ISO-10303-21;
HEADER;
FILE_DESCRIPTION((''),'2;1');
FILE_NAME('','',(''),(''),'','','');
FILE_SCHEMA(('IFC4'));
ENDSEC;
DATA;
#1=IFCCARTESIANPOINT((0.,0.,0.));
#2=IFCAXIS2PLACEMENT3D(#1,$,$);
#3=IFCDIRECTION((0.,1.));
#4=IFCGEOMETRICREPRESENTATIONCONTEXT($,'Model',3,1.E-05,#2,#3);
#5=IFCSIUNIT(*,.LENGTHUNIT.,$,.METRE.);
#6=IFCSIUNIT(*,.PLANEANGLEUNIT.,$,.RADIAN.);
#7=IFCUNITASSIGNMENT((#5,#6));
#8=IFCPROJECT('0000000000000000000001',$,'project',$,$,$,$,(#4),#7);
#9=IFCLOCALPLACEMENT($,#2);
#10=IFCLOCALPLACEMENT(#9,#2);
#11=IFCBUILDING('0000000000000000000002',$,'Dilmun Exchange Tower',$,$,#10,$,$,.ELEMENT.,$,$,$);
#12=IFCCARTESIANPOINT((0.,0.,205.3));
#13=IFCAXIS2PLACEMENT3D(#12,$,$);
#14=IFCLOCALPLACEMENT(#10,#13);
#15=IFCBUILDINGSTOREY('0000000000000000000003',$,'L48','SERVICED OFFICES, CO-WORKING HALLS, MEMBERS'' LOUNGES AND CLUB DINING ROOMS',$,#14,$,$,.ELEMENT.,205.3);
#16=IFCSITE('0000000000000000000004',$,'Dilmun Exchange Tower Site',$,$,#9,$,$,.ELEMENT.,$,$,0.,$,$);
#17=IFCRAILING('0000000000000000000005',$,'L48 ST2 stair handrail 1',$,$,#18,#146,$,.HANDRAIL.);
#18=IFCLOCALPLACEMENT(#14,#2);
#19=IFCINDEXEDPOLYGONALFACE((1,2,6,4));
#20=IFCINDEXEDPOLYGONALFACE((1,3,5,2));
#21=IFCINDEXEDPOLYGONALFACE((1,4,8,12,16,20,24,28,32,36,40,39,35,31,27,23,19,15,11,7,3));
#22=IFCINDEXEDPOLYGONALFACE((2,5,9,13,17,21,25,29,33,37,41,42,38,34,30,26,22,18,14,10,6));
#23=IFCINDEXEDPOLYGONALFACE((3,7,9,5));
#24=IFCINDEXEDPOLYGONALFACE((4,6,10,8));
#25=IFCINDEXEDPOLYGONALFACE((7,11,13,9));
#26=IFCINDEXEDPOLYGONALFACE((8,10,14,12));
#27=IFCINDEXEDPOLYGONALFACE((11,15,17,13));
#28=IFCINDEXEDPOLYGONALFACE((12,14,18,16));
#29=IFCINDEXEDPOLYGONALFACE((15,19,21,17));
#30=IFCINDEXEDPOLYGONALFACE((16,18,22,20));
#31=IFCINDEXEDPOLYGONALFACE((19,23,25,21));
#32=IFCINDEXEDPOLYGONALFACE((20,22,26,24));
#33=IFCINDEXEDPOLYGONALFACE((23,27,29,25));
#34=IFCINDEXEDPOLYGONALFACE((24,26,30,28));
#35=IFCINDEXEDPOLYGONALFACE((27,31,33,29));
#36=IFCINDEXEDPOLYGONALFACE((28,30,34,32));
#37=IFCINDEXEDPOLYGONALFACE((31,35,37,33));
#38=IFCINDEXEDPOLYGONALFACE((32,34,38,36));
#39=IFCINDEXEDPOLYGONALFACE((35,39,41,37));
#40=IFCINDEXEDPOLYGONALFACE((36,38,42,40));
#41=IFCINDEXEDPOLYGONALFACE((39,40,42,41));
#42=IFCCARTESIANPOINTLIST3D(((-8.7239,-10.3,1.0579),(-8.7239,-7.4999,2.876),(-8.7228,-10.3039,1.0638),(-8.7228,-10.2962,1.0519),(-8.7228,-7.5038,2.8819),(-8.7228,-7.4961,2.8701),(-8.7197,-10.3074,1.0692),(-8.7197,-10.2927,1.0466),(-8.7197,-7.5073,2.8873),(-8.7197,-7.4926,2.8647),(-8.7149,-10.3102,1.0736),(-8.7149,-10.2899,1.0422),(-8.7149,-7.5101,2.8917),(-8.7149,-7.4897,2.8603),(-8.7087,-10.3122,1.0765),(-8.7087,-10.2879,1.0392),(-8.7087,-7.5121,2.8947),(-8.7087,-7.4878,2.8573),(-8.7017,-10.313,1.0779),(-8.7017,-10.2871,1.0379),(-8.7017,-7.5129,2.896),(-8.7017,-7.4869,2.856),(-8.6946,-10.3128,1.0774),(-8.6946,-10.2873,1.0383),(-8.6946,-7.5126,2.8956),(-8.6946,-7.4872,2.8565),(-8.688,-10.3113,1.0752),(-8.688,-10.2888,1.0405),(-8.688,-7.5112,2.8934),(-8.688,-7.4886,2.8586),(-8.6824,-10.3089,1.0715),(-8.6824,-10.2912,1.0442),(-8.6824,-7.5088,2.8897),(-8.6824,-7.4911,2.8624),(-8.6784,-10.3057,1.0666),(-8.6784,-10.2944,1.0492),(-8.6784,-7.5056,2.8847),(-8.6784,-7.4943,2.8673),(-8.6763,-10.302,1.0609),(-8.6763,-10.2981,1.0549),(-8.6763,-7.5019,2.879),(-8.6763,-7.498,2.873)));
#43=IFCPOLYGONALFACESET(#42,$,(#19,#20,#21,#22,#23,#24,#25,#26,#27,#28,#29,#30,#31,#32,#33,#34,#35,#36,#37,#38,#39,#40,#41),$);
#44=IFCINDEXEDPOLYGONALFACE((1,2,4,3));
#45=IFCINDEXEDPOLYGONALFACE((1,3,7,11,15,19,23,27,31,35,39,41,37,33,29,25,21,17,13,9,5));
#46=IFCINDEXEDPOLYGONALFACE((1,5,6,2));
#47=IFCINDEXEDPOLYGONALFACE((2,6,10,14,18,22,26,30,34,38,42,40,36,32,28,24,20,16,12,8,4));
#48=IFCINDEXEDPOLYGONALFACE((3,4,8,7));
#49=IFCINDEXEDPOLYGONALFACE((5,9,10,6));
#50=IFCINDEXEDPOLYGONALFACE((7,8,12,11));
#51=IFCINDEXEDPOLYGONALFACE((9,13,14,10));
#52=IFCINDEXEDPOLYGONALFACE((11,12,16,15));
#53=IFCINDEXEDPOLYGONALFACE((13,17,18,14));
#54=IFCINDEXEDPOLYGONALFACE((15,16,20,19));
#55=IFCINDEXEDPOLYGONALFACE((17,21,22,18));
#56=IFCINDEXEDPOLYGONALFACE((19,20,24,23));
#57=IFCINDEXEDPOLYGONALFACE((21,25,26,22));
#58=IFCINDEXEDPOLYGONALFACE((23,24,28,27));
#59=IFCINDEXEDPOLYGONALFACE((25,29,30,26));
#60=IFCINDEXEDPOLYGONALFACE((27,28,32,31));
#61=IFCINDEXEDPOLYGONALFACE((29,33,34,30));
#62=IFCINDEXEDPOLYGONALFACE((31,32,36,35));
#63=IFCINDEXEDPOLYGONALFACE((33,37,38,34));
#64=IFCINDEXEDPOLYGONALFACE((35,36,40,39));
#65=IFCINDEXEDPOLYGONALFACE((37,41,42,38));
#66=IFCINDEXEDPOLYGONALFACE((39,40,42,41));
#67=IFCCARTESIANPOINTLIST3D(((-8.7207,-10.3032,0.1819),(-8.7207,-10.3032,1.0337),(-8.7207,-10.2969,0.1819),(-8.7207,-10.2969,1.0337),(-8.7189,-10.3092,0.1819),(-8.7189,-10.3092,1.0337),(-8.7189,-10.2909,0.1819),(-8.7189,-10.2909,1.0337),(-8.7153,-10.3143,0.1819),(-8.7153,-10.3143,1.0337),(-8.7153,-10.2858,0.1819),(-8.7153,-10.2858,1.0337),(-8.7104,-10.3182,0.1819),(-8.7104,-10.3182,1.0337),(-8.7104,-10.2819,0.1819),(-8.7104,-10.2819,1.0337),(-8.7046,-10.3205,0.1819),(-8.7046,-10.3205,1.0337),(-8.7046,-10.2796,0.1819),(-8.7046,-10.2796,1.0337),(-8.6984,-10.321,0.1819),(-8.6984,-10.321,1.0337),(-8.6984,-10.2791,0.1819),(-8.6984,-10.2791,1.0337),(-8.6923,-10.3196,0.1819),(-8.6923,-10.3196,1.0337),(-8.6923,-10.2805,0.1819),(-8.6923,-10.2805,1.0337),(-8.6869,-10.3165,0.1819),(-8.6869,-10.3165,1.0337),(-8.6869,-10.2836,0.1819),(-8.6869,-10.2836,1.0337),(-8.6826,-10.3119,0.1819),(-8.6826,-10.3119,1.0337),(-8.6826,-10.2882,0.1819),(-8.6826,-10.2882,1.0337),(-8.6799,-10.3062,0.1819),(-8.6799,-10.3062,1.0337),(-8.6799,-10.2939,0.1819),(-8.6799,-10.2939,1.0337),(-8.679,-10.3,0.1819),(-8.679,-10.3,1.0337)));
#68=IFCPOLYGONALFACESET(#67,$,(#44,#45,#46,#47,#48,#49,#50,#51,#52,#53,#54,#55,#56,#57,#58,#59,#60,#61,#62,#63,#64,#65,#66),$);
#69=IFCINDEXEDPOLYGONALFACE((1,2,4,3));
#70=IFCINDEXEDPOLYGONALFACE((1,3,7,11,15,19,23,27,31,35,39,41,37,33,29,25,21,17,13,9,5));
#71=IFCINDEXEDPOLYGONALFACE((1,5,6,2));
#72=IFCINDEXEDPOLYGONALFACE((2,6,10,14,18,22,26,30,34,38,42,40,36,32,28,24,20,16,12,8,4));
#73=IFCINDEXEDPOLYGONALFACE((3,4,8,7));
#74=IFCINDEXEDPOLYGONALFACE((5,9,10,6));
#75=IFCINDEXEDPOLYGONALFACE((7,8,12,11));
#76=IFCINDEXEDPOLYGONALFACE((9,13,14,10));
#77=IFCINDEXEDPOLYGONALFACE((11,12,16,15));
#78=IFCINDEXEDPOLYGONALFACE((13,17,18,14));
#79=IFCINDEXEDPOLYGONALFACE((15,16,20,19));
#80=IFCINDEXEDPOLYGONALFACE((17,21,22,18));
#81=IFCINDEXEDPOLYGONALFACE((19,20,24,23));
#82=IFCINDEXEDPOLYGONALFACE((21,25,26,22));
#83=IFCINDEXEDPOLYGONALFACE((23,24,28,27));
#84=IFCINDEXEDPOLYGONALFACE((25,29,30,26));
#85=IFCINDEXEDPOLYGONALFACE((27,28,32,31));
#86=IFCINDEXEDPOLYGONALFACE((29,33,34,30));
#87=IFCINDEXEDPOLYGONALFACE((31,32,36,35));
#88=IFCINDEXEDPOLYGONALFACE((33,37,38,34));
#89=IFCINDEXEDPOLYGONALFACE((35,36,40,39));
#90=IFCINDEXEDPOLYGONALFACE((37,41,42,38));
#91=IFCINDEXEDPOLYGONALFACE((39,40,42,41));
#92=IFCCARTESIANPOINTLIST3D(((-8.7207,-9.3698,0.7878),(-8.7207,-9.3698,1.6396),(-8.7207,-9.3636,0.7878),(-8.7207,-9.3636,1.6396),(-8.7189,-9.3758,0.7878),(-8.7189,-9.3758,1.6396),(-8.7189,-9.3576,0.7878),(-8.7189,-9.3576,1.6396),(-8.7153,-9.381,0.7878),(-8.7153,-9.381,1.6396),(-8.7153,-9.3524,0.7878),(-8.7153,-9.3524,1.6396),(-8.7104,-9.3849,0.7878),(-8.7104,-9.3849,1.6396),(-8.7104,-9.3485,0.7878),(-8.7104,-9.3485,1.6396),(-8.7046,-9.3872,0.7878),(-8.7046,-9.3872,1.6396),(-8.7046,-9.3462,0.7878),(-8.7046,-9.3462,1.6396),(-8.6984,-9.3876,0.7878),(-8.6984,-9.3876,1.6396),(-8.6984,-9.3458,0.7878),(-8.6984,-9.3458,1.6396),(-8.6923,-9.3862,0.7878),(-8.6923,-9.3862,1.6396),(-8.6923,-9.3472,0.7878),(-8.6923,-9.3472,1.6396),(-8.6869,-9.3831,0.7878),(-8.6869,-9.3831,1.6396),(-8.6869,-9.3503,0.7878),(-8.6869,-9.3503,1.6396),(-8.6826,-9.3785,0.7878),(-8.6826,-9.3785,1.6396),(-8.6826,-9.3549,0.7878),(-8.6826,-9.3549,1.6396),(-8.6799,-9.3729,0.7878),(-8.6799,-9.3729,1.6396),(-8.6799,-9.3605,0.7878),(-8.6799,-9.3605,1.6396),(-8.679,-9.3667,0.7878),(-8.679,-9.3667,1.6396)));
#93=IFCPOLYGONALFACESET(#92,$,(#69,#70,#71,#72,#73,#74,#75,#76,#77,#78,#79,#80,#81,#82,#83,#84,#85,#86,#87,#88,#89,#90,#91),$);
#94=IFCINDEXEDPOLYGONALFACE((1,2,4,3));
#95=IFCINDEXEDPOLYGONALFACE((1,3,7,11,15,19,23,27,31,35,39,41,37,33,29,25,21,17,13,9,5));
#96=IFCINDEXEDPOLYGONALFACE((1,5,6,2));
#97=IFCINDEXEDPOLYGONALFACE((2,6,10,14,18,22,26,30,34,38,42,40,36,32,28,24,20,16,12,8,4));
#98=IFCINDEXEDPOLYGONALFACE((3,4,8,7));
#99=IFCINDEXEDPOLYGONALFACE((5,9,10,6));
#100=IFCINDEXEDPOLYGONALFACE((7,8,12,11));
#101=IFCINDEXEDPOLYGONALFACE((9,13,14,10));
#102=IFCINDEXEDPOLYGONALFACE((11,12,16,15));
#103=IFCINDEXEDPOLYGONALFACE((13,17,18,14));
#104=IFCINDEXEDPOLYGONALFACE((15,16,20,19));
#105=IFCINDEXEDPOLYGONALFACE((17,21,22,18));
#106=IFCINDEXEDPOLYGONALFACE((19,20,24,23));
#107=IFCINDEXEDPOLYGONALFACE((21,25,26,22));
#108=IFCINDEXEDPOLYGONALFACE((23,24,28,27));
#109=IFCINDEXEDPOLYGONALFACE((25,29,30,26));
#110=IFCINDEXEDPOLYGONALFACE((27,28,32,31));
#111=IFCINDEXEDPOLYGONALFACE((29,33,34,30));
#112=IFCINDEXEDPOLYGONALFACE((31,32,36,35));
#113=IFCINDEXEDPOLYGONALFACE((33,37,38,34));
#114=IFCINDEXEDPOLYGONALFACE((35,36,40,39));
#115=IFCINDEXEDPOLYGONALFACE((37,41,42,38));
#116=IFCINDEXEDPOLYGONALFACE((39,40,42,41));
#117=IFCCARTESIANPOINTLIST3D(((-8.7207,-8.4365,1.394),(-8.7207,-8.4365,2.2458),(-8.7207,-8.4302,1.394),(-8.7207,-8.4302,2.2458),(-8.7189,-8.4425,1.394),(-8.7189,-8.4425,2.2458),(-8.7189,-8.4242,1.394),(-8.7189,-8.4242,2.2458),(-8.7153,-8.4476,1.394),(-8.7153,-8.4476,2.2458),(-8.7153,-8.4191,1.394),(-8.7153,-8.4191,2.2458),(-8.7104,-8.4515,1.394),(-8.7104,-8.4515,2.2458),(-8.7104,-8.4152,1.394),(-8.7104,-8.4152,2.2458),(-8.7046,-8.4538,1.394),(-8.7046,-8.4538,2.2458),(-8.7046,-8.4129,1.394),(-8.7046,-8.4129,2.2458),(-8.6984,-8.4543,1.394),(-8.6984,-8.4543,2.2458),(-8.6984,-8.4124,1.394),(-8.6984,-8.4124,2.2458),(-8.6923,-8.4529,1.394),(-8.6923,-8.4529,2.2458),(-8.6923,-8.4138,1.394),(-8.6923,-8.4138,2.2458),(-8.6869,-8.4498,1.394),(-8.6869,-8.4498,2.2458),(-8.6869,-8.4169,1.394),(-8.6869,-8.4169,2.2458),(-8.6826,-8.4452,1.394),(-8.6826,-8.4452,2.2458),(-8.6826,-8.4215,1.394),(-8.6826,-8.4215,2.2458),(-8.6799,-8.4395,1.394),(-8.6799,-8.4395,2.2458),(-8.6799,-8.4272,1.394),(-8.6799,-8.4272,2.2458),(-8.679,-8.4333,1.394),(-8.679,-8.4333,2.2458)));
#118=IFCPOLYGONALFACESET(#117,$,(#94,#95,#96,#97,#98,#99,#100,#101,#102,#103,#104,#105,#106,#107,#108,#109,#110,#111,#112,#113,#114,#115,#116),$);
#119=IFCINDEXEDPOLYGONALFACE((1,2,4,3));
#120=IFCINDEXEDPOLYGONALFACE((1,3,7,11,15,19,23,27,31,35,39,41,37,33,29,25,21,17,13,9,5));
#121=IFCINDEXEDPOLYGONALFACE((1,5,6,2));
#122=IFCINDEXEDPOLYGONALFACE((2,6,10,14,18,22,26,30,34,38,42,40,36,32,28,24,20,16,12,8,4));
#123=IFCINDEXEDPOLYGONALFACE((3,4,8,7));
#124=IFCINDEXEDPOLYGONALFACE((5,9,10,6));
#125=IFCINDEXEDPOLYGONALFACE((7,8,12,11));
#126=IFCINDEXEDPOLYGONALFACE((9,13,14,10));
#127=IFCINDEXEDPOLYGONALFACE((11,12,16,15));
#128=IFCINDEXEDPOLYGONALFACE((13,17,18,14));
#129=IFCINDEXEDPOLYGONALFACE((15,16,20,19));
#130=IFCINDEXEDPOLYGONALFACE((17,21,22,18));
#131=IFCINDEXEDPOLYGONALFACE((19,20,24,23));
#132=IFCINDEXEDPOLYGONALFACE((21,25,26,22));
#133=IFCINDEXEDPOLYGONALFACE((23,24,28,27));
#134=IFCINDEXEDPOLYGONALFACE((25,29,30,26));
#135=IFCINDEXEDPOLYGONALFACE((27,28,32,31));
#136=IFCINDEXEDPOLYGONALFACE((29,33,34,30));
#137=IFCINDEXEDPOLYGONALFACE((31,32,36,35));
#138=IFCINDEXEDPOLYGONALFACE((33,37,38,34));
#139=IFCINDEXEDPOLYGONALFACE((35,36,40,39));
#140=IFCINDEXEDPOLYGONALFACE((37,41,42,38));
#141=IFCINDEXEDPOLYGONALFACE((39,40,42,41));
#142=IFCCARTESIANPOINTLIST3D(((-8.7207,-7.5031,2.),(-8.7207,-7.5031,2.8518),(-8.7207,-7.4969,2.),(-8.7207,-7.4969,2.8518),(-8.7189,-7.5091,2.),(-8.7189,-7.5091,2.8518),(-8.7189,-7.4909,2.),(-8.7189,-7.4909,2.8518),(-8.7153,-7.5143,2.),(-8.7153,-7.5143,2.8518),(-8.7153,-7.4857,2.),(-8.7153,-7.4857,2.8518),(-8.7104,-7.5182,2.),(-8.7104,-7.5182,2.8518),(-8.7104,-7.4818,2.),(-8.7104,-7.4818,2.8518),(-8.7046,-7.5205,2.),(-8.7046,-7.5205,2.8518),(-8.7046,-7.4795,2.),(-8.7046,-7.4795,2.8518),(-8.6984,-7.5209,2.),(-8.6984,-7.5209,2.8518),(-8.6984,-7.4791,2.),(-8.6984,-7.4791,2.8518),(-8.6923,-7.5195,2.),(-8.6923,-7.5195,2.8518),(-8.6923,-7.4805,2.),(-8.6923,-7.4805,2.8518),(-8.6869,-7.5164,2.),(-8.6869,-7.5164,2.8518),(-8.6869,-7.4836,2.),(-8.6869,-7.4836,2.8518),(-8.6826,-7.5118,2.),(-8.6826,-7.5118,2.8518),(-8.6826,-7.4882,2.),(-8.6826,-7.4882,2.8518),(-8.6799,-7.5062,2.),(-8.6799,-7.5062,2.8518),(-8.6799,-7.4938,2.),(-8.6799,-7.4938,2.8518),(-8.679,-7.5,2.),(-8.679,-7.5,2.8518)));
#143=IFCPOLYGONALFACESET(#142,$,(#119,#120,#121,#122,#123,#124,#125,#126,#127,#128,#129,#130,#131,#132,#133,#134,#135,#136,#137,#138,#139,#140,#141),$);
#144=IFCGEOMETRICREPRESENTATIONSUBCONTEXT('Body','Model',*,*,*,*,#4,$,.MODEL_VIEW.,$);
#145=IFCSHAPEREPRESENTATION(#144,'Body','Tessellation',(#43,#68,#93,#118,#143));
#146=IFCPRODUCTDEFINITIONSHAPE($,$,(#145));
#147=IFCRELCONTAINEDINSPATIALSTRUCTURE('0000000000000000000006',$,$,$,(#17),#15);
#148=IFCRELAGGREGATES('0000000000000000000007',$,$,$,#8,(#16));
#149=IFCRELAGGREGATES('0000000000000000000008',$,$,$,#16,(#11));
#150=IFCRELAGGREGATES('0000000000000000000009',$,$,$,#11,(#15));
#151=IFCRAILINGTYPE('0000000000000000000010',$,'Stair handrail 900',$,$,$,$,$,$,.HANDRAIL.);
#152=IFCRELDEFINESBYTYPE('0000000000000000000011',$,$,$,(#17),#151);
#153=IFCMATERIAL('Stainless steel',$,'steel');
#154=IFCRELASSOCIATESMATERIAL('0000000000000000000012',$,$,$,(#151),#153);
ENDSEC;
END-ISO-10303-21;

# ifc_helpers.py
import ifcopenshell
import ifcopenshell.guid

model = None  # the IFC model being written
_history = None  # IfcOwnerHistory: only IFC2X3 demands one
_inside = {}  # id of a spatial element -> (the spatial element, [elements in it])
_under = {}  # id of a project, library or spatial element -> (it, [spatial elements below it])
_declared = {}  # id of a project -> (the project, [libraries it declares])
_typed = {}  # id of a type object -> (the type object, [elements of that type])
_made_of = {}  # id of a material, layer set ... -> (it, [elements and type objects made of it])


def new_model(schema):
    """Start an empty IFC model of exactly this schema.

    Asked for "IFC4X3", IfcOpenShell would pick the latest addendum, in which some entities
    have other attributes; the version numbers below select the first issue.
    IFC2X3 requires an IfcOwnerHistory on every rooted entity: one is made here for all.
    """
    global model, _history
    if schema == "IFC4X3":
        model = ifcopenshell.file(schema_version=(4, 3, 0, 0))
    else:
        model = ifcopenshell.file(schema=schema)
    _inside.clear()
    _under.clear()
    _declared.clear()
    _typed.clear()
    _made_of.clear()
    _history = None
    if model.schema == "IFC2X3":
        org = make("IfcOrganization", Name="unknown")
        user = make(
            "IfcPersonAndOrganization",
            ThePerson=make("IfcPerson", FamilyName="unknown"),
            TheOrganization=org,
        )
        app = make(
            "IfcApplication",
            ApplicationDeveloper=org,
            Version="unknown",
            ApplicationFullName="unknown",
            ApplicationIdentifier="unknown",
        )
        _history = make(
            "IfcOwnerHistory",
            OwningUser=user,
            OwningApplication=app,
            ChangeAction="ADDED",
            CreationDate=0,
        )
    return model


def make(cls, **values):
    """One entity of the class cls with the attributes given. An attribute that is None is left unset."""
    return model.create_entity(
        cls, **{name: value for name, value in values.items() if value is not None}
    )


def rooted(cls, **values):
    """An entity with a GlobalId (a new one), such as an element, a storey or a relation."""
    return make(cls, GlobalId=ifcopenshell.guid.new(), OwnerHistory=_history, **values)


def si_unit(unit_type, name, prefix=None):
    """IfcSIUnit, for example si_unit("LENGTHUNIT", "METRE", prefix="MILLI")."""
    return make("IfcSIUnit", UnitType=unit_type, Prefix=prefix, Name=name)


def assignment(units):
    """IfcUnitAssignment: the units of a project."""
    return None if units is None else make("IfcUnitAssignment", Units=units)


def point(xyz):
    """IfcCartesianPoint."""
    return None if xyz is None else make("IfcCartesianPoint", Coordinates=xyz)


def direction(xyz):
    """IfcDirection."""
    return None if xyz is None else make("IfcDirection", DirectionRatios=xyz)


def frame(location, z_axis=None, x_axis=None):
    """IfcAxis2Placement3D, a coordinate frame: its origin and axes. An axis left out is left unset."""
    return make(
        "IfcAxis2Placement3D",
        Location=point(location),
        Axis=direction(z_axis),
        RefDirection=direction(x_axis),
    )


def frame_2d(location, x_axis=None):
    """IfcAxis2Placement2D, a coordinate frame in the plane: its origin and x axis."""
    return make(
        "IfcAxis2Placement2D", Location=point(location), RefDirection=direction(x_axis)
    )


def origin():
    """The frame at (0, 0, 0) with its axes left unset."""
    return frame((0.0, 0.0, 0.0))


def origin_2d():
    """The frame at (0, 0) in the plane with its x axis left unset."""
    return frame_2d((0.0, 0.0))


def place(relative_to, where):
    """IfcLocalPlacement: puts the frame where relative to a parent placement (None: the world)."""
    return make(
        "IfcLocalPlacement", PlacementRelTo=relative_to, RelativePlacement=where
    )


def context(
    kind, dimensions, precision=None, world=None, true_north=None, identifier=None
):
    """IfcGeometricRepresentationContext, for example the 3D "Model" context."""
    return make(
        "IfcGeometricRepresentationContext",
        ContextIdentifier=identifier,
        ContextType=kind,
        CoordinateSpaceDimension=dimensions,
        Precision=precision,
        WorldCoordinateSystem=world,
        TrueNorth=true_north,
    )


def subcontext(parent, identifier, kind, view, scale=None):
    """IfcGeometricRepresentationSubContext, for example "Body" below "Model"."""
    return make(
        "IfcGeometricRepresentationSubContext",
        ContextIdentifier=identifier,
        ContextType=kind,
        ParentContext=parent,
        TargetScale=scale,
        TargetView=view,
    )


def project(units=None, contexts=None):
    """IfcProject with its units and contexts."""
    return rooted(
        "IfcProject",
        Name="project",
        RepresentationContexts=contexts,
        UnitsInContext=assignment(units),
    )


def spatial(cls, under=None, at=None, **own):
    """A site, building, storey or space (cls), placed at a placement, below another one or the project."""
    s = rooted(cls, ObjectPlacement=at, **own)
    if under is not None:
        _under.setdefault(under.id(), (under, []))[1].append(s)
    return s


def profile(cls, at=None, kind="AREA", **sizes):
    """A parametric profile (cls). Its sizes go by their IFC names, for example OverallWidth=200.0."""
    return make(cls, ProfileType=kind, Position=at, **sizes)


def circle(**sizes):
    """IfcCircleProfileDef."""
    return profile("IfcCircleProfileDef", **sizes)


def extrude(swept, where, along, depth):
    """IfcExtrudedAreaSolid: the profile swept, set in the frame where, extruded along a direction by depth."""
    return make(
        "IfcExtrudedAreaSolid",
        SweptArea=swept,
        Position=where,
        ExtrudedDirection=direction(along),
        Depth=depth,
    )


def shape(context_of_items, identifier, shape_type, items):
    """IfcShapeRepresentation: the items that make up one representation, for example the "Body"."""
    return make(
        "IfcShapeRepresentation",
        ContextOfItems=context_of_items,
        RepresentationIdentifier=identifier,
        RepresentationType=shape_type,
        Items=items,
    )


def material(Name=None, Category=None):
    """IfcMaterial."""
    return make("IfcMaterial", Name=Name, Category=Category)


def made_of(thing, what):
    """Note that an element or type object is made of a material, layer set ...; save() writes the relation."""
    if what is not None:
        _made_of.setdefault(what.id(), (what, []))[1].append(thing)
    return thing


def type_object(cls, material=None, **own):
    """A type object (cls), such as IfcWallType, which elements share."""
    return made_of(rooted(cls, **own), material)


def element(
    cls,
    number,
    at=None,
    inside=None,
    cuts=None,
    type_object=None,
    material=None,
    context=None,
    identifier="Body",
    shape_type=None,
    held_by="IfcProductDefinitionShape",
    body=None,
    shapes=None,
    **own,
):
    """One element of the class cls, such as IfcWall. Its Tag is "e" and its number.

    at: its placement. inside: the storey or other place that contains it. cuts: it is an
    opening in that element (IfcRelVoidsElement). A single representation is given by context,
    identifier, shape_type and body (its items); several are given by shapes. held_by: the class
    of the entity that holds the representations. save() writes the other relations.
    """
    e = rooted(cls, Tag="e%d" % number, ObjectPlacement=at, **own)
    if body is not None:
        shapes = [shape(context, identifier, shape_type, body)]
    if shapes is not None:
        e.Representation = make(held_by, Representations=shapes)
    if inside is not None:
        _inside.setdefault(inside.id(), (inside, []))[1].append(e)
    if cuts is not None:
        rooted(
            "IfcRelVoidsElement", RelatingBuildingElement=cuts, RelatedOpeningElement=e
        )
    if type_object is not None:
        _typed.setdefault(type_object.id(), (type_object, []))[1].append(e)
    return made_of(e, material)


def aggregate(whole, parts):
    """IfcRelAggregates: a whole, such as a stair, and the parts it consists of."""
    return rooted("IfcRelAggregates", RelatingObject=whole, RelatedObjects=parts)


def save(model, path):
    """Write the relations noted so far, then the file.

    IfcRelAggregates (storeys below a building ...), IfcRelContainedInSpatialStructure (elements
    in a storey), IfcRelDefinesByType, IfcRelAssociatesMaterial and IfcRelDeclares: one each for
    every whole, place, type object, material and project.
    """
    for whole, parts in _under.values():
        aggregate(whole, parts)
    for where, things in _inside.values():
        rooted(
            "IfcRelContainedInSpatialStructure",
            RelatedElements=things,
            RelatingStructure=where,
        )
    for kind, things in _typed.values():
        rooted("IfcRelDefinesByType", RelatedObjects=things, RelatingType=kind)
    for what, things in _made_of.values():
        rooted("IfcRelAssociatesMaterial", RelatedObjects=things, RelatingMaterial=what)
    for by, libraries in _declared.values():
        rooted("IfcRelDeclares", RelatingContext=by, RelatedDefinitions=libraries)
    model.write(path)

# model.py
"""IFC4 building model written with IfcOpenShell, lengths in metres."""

from ifc_helpers import new_model, si_unit, direction, frame, origin, origin_2d, place, context, subcontext, project, spatial, circle, extrude, material, type_object, element, save


model = new_model("IFC4")

# Units and contexts
model_context = context("Model", 3, precision=1e-05, world=origin(), true_north=direction((0.0, 1.0)))
body_context = subcontext(model_context, "Body", "Model", "MODEL_VIEW")
ifc_project = project(units=[si_unit("LENGTHUNIT", "METRE"), si_unit("PLANEANGLEUNIT", "RADIAN")], contexts=[model_context])

# Site, building, storey
site_placement = place(None, origin())
site = spatial("IfcSite", under=ifc_project, at=site_placement, Name="Dilmun Exchange Tower Site", CompositionType="ELEMENT", RefElevation=0.0)
building_placement = place(site_placement, origin())
building = spatial("IfcBuilding", under=site, at=building_placement, Name="Dilmun Exchange Tower", CompositionType="ELEMENT")
storey_placement = place(building_placement, frame((0.0, 0.0, 205.3)))
storey = spatial("IfcBuildingStorey", under=building, at=storey_placement, Name="L48", Description="SERVICED OFFICES, CO-WORKING HALLS, MEMBERS' LOUNGES AND CLUB DINING ROOMS", CompositionType="ELEMENT", Elevation=205.3)

# Railing
ifc_material_1 = material(Name="Stainless steel", Category="steel")
railing_type = type_object("IfcRailingType", Name="Stair handrail 900", PredefinedType="HANDRAIL", material=ifc_material_1)
railing_placement = place(storey_placement, frame((-8.7, -10.3, 0.1819)))
element("IfcRailing", 1, at=railing_placement, inside=storey, type_object=railing_type, Name="L48 ST2 stair handrail 1", PredefinedType="HANDRAIL", context=body_context, shape_type="SweptSolid", body=[
    extrude(circle(Radius=0.0239, at=origin_2d()), frame((0.0, 0.0, 0.876), z_axis=(0.0, 0.838706, 0.544585), x_axis=(-1.0, 0.0, 0.0)), (0.0, 0.0, 1.0), 3.3386),
    extrude(circle(Radius=0.021, at=origin_2d()), origin(), (0.0, 0.0, 1.0), 0.8518),
    extrude(circle(Radius=0.021, at=origin_2d()), frame((0.0, 0.9333, 0.606)), (0.0, 0.0, 1.0), 0.8518),
    extrude(circle(Radius=0.021, at=origin_2d()), frame((0.0, 1.8667, 1.2122)), (0.0, 0.0, 1.0), 0.8518),
    extrude(circle(Radius=0.021, at=origin_2d()), frame((0.0, 2.8, 1.8181)), (0.0, 0.0, 1.0), 0.8518),
])

save(model, "model.ifc")
